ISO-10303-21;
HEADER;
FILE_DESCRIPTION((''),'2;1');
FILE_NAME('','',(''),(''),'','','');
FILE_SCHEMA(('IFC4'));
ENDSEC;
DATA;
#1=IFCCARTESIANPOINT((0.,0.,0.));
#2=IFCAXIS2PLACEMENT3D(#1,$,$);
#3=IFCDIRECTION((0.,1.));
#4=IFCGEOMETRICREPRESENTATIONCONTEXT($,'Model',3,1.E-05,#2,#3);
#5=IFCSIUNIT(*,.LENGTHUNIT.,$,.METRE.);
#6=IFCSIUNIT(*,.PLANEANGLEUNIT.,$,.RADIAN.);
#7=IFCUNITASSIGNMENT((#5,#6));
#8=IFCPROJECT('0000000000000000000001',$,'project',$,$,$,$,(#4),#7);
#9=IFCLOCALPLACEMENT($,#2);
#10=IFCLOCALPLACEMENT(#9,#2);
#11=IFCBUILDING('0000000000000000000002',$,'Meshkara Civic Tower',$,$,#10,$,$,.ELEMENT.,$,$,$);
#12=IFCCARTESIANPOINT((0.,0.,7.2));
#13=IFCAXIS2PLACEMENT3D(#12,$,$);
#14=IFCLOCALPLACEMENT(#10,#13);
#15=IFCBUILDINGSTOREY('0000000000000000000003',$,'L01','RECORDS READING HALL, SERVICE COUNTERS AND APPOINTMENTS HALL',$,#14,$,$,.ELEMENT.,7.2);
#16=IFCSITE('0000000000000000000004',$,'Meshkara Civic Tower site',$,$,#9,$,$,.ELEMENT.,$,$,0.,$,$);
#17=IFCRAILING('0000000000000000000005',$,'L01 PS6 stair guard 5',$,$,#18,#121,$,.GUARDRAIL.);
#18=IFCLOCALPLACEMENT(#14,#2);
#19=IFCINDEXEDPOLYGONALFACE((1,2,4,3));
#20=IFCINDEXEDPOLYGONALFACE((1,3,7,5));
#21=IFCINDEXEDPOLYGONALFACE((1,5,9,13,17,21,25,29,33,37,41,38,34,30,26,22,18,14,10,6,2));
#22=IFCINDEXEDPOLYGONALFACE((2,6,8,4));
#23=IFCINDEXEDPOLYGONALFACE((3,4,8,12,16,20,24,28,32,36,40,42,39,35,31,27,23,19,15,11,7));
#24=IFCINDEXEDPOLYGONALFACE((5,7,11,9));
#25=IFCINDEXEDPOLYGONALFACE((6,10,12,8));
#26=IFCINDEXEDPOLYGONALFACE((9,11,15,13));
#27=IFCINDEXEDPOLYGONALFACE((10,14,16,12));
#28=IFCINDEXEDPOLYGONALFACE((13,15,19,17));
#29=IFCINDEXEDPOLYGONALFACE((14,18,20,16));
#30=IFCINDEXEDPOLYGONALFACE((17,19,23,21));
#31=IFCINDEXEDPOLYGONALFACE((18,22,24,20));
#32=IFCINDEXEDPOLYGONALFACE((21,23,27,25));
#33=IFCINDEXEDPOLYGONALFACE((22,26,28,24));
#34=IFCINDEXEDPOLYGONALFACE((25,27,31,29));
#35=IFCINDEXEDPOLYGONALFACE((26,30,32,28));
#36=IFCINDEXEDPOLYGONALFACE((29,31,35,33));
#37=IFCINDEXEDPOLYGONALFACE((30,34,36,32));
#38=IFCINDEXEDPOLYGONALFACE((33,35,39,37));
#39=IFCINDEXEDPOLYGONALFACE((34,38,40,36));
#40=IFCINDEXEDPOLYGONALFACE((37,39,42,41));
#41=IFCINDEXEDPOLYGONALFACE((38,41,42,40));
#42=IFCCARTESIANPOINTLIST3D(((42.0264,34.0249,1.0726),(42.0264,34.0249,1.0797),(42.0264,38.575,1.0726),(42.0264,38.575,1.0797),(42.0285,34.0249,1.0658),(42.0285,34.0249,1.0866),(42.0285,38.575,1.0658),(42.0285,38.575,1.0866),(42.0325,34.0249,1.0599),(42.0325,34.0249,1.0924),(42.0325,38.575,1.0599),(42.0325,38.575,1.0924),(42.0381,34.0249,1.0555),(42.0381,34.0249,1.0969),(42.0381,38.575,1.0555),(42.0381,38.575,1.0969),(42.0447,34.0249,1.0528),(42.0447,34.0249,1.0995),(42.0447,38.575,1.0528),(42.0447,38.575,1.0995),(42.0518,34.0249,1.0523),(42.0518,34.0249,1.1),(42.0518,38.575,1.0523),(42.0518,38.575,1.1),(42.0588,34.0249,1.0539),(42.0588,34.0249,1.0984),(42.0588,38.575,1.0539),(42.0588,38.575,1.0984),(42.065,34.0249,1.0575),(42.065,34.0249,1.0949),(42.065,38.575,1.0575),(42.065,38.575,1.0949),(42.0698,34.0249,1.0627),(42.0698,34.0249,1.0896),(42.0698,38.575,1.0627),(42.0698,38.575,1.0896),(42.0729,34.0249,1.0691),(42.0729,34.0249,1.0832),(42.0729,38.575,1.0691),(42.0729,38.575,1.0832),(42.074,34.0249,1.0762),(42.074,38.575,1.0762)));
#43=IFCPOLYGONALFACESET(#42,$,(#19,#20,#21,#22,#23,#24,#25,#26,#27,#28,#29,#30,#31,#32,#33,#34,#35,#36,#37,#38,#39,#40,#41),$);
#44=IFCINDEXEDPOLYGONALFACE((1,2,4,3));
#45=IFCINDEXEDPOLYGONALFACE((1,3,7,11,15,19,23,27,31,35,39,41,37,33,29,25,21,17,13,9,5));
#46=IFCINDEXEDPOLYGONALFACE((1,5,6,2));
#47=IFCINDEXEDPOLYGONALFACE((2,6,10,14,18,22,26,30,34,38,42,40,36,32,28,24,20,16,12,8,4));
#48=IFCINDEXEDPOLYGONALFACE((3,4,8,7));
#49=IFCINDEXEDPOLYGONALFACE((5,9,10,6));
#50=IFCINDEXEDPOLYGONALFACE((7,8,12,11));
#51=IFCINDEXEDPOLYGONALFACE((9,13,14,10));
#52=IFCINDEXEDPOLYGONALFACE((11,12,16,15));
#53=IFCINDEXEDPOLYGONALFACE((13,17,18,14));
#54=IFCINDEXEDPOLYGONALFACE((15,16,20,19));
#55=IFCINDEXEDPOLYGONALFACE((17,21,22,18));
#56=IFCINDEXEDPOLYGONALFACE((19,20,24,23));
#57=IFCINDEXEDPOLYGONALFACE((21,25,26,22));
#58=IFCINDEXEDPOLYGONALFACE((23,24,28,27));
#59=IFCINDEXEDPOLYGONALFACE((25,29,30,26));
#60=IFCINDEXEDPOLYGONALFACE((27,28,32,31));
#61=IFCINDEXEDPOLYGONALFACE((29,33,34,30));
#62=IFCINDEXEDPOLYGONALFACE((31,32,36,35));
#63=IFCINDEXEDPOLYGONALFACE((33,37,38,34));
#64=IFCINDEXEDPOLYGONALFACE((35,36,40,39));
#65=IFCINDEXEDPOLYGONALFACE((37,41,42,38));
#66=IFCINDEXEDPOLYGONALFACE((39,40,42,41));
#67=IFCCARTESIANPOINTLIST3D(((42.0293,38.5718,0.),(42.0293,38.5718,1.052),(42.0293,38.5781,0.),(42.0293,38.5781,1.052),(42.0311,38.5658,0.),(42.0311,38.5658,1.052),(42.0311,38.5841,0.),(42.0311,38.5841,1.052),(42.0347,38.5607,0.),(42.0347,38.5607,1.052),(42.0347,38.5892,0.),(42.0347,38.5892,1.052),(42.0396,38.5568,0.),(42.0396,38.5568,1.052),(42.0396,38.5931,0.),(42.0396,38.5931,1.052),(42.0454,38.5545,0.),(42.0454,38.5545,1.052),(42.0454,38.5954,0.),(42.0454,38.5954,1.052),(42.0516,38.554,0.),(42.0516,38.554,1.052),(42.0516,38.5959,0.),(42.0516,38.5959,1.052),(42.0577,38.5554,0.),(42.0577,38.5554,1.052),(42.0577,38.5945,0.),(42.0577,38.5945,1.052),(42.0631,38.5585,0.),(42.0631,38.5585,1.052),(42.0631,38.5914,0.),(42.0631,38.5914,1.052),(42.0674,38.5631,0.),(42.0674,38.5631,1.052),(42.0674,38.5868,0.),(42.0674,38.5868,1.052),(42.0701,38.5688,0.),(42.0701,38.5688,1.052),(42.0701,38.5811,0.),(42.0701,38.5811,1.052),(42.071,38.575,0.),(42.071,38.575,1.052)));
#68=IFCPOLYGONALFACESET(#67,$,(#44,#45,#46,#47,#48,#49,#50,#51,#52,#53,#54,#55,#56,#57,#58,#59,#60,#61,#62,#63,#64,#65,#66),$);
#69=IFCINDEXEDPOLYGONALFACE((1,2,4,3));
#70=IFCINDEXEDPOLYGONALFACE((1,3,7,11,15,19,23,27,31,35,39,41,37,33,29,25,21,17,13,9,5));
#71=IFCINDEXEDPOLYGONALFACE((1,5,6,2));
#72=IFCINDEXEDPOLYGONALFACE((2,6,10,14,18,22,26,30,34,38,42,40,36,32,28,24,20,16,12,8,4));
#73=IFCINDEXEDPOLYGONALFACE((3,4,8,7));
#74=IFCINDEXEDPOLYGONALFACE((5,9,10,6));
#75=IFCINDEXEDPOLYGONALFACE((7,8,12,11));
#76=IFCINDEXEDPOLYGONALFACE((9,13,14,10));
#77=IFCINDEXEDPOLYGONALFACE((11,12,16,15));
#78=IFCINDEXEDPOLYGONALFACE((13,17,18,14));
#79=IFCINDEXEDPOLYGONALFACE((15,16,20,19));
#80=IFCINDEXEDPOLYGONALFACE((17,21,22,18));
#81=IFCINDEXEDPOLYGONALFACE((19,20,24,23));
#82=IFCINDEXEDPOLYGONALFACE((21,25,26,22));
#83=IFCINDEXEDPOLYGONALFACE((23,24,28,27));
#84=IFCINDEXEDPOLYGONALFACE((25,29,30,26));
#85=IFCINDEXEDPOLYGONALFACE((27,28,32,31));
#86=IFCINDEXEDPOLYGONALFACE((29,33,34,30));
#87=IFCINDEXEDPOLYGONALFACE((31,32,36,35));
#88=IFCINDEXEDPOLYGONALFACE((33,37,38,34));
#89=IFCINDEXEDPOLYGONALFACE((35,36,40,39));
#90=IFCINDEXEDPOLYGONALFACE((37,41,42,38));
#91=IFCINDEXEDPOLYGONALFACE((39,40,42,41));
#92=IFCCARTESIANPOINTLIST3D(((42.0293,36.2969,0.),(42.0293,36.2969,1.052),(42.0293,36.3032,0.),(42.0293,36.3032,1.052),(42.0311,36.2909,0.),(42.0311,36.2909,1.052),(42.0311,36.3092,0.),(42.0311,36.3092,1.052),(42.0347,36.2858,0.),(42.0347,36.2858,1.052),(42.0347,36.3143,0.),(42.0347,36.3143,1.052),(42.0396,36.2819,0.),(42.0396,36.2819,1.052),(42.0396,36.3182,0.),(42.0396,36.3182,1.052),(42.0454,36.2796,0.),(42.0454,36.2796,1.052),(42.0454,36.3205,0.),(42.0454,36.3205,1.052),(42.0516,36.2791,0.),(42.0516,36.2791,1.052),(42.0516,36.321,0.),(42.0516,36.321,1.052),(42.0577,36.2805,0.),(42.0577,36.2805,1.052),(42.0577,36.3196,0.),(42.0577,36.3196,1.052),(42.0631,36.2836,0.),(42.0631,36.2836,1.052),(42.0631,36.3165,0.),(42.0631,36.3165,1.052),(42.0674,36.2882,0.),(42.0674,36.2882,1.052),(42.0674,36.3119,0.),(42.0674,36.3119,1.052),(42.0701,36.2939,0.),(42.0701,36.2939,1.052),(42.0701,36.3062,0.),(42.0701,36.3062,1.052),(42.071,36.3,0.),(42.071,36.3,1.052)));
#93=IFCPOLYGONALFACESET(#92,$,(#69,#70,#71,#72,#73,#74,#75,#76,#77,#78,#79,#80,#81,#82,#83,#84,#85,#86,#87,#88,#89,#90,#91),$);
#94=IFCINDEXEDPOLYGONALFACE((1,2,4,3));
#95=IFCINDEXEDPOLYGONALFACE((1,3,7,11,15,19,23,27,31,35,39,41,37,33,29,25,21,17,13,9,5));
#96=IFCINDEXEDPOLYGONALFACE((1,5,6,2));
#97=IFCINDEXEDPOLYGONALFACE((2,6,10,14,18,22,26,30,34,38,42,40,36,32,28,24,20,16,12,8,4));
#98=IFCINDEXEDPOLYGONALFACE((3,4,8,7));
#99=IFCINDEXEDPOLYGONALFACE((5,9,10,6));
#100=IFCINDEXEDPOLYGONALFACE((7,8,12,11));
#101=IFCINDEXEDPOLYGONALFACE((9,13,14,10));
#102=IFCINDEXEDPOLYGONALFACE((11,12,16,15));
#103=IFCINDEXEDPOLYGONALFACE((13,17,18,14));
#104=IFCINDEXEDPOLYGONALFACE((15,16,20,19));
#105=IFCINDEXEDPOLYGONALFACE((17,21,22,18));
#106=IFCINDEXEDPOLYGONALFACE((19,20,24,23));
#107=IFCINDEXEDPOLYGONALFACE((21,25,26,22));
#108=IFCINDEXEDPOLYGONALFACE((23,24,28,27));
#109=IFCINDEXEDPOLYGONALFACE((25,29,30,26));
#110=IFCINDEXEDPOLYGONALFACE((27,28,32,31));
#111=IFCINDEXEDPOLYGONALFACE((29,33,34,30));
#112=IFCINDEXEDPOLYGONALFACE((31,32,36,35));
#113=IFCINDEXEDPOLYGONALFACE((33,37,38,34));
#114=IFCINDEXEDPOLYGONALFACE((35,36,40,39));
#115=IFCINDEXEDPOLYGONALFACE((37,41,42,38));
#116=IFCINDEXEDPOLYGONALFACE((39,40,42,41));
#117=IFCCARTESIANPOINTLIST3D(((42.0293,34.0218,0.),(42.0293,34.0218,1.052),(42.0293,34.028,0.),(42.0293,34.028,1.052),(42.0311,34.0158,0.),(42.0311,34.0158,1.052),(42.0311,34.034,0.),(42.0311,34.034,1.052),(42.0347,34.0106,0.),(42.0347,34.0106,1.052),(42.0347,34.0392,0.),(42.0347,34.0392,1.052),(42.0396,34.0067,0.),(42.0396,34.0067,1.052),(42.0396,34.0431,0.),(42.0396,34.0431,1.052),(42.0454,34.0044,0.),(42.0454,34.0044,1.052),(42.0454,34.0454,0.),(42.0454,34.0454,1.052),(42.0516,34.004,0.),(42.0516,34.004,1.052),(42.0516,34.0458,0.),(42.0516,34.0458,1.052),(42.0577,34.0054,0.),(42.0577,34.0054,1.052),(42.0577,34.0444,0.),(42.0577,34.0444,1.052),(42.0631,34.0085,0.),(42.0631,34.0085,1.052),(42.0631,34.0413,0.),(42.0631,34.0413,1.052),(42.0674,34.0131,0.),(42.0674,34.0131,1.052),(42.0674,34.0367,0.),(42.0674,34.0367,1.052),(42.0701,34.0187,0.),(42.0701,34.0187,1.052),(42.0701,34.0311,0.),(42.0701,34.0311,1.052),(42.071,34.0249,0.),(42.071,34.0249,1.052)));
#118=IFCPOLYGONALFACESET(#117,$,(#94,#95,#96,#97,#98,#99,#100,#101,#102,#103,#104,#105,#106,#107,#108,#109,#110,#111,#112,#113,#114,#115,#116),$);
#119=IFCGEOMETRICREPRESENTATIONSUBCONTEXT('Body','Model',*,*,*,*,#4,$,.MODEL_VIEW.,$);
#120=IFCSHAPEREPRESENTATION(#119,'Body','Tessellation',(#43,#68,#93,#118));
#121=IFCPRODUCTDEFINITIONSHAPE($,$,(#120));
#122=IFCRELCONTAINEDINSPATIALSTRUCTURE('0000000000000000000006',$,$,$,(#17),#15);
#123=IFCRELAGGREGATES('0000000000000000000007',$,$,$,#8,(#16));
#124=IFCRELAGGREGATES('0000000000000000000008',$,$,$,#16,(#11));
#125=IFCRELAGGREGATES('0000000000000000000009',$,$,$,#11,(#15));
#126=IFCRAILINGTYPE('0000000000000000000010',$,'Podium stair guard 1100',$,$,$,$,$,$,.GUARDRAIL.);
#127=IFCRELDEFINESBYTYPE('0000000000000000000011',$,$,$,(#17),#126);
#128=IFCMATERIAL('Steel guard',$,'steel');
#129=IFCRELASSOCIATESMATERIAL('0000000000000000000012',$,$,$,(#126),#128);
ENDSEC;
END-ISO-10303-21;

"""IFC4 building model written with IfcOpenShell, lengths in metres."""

from ifc_helpers import new_model, si_unit, direction, frame, origin, origin_2d, place, context, subcontext, project, spatial, circle, extrude, material, type_object, element, save


model = new_model("IFC4")

# Units and contexts
model_context = context("Model", 3, precision=1e-05, world=origin(), true_north=direction((0.0, 1.0)))
body_context = subcontext(model_context, "Body", "Model", "MODEL_VIEW")
ifc_project = project(units=[si_unit("LENGTHUNIT", "METRE"), si_unit("PLANEANGLEUNIT", "RADIAN")], contexts=[model_context])

# Site, building, storey
site_placement = place(None, origin())
site = spatial("IfcSite", under=ifc_project, at=site_placement, Name="Meshkara Civic Tower site", CompositionType="ELEMENT", RefElevation=0.0)
building_placement = place(site_placement, origin())
building = spatial("IfcBuilding", under=site, at=building_placement, Name="Meshkara Civic Tower", CompositionType="ELEMENT")
storey_placement = place(building_placement, frame((0.0, 0.0, 7.2)))
storey = spatial("IfcBuildingStorey", under=building, at=storey_placement, Name="L01", Description="RECORDS READING HALL, SERVICE COUNTERS AND APPOINTMENTS HALL", CompositionType="ELEMENT", Elevation=7.2)

# Railing
ifc_material_1 = material(Name="Steel guard", Category="steel")
railing_type_1 = type_object("IfcRailingType", Name="Podium stair guard 1100", PredefinedType="GUARDRAIL", material=ifc_material_1)
railing_1_placement = place(storey_placement, frame((42.05, 38.575, 0.0)))
element("IfcRailing", 1, at=railing_1_placement, inside=storey, type_object=railing_type_1, Name="L01 PS6 stair guard 5", PredefinedType="GUARDRAIL", context=body_context, shape_type="SweptSolid", body=[
    extrude(circle(Radius=0.0239, at=origin_2d()), frame((0.0, 0.0, 1.0762), z_axis=(0.0, -1.0, 0.0), x_axis=(1.0, 0.0, 0.0)), (0.0, 0.0, 1.0), 4.55),
    extrude(circle(Radius=0.021, at=origin_2d()), origin(), (0.0, 0.0, 1.0), 1.052),
    extrude(circle(Radius=0.021, at=origin_2d()), frame((0.0, -2.2749, 0.0)), (0.0, 0.0, 1.0), 1.052),
    extrude(circle(Radius=0.021, at=origin_2d()), frame((0.0, -4.55, 0.0)), (0.0, 0.0, 1.0), 1.052),
])

save(model, "model.ifc")
